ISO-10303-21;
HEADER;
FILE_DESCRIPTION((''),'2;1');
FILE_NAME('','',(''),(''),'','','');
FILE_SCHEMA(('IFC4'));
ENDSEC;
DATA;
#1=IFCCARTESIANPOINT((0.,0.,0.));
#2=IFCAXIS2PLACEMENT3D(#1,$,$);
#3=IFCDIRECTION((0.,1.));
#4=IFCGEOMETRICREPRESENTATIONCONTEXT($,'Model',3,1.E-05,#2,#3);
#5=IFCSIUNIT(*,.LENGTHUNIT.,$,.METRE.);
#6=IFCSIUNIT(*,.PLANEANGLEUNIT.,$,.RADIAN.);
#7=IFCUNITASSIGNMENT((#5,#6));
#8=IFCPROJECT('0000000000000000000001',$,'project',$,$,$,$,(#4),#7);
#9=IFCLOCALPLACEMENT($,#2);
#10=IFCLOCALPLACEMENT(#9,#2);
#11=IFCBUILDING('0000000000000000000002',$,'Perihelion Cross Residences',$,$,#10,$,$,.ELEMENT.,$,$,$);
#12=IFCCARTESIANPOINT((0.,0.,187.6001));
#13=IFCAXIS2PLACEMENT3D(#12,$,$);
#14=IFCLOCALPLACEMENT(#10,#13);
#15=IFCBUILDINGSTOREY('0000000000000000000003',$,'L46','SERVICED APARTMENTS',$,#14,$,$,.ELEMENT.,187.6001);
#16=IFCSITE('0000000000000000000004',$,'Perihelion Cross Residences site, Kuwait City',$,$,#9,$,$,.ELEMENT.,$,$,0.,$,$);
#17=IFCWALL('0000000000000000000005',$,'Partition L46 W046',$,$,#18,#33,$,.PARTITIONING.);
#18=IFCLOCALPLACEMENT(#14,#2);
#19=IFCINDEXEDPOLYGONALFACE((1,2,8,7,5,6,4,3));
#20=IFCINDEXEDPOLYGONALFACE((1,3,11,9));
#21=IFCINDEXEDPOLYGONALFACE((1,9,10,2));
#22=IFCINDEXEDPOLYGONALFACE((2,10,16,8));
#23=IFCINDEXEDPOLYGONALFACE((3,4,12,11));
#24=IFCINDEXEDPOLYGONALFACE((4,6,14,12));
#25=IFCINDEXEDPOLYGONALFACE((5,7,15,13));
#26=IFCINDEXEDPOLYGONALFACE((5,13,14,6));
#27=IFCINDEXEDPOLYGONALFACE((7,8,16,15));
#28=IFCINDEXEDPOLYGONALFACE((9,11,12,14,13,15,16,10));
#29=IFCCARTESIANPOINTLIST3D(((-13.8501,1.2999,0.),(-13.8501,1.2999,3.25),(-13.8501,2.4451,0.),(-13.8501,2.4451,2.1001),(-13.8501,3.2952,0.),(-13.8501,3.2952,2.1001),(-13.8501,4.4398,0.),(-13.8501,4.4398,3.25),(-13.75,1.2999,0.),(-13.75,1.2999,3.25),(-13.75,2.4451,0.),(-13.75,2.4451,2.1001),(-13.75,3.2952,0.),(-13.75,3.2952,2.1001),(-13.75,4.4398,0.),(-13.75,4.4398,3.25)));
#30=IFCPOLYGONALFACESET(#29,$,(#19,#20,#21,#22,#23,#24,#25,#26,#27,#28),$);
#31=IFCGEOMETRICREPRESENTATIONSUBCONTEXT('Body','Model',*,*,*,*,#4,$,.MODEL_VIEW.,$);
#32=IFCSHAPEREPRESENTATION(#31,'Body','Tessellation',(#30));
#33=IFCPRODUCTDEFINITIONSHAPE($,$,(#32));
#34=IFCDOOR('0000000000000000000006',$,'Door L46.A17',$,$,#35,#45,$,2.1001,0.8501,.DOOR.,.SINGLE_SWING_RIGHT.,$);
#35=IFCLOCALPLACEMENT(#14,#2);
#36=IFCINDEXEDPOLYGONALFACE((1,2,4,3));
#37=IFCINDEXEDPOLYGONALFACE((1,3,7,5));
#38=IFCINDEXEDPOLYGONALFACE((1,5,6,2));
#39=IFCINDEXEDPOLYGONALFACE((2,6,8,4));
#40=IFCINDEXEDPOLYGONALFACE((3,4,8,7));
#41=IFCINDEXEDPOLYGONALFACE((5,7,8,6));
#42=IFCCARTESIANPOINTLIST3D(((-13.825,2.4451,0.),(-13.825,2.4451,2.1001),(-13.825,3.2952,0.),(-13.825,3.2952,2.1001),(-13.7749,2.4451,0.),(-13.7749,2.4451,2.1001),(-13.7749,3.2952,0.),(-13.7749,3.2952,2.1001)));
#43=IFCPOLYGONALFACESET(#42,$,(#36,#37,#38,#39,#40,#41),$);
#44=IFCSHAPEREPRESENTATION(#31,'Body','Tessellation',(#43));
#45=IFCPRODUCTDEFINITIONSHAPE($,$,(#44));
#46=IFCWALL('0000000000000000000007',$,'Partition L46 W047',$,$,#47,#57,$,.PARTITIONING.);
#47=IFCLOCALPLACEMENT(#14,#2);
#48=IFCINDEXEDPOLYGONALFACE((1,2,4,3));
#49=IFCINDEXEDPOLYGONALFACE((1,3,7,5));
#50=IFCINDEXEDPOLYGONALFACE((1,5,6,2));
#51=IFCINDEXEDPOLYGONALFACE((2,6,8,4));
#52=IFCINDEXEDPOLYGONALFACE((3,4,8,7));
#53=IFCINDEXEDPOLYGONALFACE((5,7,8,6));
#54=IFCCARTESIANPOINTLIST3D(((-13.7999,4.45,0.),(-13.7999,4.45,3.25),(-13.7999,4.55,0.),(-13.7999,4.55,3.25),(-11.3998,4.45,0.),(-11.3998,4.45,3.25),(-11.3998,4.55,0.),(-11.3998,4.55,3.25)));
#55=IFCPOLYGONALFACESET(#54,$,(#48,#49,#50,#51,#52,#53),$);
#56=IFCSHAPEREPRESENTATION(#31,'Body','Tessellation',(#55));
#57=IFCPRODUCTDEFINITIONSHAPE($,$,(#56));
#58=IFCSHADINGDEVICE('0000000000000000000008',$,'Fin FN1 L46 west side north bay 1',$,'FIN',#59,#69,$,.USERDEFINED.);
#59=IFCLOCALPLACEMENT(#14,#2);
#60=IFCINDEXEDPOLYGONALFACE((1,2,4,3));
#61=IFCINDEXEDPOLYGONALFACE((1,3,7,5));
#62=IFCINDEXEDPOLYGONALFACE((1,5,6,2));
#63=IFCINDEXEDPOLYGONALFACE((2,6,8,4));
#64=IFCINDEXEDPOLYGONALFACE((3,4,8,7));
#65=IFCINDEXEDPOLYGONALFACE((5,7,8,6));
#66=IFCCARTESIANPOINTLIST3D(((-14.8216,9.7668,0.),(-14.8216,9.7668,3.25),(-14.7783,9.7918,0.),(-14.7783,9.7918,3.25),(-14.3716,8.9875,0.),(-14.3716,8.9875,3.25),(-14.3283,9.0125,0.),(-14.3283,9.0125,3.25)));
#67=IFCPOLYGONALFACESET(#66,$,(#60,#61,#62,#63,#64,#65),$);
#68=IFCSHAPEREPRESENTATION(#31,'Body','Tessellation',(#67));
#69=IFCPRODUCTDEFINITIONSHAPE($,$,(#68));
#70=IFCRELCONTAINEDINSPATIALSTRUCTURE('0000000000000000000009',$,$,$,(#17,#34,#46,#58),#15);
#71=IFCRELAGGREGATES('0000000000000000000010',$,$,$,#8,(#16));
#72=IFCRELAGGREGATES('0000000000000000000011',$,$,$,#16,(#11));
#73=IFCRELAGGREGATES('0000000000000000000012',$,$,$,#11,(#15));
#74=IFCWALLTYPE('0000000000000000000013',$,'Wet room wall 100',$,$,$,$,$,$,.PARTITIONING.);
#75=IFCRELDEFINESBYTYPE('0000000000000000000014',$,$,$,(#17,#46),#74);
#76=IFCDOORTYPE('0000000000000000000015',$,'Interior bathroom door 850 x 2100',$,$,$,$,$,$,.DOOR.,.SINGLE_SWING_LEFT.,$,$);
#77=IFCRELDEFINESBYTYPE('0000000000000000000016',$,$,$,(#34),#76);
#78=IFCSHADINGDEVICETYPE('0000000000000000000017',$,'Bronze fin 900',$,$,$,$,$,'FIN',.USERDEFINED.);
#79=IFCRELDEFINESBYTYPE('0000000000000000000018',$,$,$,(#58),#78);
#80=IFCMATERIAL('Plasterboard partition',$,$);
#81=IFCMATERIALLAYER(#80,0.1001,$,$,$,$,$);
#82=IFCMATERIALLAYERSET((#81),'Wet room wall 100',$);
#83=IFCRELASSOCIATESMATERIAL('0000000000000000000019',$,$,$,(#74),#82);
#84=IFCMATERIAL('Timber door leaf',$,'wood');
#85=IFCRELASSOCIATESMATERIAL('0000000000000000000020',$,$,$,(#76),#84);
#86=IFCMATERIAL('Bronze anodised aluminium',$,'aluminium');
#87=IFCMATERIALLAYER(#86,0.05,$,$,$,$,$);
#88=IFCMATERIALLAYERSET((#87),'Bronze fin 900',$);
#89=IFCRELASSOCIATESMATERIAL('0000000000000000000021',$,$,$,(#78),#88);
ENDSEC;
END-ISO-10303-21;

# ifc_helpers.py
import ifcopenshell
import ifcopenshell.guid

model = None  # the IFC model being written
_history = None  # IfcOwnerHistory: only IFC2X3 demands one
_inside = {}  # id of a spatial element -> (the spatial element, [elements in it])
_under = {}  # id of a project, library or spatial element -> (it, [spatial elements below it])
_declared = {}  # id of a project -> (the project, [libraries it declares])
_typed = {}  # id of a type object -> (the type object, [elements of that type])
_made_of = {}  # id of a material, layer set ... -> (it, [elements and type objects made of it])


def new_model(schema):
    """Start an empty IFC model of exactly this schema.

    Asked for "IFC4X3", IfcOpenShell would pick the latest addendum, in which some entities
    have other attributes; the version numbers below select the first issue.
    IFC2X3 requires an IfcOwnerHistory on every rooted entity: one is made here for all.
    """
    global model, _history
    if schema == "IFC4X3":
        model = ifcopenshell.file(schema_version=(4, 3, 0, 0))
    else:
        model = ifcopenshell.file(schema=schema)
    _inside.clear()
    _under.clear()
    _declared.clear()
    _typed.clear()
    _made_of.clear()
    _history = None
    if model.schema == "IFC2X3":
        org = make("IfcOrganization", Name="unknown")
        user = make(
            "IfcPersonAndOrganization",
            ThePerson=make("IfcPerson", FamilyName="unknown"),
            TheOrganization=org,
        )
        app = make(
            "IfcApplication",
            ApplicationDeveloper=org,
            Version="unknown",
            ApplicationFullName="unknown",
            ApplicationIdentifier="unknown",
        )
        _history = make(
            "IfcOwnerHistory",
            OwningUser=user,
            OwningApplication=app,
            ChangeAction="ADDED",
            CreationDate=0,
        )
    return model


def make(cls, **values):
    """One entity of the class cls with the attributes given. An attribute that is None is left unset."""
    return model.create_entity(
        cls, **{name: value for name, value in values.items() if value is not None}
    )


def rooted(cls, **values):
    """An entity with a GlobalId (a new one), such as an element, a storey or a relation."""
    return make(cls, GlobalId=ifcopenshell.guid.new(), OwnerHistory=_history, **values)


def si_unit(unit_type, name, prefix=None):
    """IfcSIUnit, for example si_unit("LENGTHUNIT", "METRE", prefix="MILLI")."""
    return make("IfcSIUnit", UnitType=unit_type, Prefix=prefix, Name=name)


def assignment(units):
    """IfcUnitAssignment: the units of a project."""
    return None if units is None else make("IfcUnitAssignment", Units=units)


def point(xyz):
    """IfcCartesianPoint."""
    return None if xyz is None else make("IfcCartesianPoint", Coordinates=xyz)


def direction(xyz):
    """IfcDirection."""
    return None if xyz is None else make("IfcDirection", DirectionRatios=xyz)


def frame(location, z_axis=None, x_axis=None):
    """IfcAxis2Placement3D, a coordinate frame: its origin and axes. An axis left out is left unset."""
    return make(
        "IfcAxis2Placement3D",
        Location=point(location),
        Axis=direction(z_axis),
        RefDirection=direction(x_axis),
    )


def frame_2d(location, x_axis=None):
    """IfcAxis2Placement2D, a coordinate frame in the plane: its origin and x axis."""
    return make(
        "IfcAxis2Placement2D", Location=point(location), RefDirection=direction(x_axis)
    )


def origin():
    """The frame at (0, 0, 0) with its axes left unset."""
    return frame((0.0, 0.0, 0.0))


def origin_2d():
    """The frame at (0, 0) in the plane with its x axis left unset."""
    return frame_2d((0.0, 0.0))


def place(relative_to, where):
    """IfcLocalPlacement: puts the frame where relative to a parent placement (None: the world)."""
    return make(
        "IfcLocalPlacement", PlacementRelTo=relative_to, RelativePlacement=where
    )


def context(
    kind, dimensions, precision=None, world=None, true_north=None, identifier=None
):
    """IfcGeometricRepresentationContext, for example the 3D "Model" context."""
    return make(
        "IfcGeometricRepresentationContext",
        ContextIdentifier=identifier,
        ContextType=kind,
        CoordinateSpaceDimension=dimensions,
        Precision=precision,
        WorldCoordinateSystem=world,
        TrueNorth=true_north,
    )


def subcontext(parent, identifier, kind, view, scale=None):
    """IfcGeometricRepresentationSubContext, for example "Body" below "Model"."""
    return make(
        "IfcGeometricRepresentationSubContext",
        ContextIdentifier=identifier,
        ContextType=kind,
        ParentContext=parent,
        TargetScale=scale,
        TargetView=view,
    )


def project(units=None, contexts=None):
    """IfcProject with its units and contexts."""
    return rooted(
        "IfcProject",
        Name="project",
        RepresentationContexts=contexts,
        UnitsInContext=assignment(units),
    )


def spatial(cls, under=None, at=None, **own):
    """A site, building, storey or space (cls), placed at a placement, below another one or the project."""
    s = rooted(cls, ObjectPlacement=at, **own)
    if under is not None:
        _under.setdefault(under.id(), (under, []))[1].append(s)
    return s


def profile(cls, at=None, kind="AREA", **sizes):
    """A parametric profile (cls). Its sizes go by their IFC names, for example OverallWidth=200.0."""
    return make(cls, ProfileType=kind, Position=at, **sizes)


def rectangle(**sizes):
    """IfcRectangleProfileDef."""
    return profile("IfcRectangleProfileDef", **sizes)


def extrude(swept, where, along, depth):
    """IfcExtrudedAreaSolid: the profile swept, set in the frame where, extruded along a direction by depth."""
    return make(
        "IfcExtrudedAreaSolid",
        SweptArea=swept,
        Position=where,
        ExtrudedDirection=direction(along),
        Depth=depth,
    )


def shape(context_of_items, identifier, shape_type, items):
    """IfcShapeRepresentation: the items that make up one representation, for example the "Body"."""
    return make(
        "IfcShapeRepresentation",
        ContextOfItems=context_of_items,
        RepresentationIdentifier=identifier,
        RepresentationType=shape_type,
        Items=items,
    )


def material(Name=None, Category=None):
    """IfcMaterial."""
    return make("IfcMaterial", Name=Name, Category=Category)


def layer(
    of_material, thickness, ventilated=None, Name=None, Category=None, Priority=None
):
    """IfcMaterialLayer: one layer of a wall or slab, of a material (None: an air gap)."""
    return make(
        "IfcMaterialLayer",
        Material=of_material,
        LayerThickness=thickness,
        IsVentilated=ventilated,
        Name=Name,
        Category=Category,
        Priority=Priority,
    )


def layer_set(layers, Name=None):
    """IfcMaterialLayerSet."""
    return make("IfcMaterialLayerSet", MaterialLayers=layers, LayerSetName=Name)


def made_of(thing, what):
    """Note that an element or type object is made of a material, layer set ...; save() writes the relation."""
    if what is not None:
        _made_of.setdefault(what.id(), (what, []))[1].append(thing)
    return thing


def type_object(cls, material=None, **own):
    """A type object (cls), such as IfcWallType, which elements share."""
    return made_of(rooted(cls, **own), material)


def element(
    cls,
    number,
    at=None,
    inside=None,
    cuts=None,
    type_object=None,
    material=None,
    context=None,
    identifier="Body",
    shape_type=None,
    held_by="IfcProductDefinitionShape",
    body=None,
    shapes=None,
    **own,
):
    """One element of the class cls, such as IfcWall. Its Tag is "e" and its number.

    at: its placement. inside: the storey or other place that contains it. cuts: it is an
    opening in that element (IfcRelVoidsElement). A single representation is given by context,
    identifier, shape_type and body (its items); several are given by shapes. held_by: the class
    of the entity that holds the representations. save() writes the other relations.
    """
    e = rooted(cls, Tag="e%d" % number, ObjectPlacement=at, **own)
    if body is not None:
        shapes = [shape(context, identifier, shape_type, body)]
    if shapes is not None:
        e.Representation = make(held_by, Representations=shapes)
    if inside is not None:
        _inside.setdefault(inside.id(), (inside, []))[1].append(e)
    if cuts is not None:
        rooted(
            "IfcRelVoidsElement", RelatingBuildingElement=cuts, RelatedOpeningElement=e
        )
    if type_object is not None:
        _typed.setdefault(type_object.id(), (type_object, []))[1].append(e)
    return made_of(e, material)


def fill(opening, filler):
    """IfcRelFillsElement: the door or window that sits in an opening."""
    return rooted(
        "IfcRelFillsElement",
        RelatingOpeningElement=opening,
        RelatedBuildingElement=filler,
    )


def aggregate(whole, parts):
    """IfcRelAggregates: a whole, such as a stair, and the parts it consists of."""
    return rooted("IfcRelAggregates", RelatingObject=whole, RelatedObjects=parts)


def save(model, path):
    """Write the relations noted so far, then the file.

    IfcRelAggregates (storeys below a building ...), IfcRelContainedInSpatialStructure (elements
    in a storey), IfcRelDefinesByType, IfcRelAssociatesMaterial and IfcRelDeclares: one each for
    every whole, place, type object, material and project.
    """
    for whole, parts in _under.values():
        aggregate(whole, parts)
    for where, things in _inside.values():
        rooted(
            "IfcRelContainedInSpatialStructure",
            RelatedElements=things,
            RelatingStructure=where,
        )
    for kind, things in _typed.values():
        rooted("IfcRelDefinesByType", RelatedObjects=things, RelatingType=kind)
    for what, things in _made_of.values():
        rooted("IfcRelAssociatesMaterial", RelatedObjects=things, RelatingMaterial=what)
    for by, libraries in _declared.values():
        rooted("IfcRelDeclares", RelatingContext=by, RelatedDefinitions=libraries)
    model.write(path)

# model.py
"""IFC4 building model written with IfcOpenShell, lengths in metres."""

from ifc_helpers import new_model, si_unit, direction, frame, frame_2d, origin, origin_2d, place, context, subcontext, project, spatial, rectangle, extrude, material, layer, layer_set, type_object, element, fill, save


model = new_model("IFC4")

# Units and contexts
model_context = context("Model", 3, precision=1e-05, world=origin(), true_north=direction((0.0, 1.0)))
body_context = subcontext(model_context, "Body", "Model", "MODEL_VIEW")
ifc_project = project(units=[si_unit("LENGTHUNIT", "METRE"), si_unit("PLANEANGLEUNIT", "RADIAN")], contexts=[model_context])

# Site, building, storey
site_placement = place(None, origin())
site = spatial("IfcSite", under=ifc_project, at=site_placement, Name="Perihelion Cross Residences site, Kuwait City", CompositionType="ELEMENT", RefElevation=0.0)
building_placement = place(site_placement, origin())
building = spatial("IfcBuilding", under=site, at=building_placement, Name="Perihelion Cross Residences", CompositionType="ELEMENT")
storey_placement = place(building_placement, frame((0.0, 0.0, 187.6001)))
storey = spatial("IfcBuildingStorey", under=building, at=storey_placement, Name="L46", Description="SERVICED APARTMENTS", CompositionType="ELEMENT", Elevation=187.6001)

# Shared definitions
ifc_material_1 = material(Name="Plasterboard partition")
ifc_layer_1 = layer(ifc_material_1, 0.1001)
ifc_layer_set_1 = layer_set([ifc_layer_1], Name="Wet room wall 100")
wall_type_1 = type_object("IfcWallType", Name="Wet room wall 100", PredefinedType="PARTITIONING", material=ifc_layer_set_1)

# Wall, opening, door
wall_1_placement = place(storey_placement, frame((-13.8, 1.3, 0.0), z_axis=(0.0, 0.0, 1.0), x_axis=(0.0, 1.0, 0.0)))
wall_1 = element("IfcWall", 1, at=wall_1_placement, inside=storey, type_object=wall_type_1, Name="Partition L46 W046", PredefinedType="PARTITIONING", context=body_context, shape_type="SweptSolid", body=[
    extrude(rectangle(XDim=3.1399, YDim=0.1001, at=frame_2d((1.5698, 0.0))), origin(), (0.0, 0.0, 1.0), 3.25),
])
opening_1_placement = place(wall_1_placement, frame((1.145, 0.0, 0.0)))
opening_1 = element("IfcOpeningElement", 2, at=opening_1_placement, cuts=wall_1, PredefinedType="OPENING", context=body_context, shape_type="SweptSolid", body=[
    extrude(rectangle(XDim=0.8501, YDim=2.1001, at=frame_2d((0.425, 1.05))), frame((0.0, 0.0601, 0.0), z_axis=(0.0, -1.0, 0.0), x_axis=(1.0, 0.0, 0.0)), (0.0, 0.0, 1.0), 0.1201),
])
ifc_material_2 = material(Name="Timber door leaf", Category="wood")
door_type_1 = type_object("IfcDoorType", Name="Interior bathroom door 850 x 2100", OperationType="SINGLE_SWING_LEFT", PredefinedType="DOOR", material=ifc_material_2)
door_1_placement = place(opening_1_placement, origin())
door_1 = element("IfcDoor", 3, at=door_1_placement, inside=storey, type_object=door_type_1, Name="Door L46.A17", OperationType="SINGLE_SWING_RIGHT", OverallHeight=2.1001, OverallWidth=0.8501, PredefinedType="DOOR", context=body_context, shape_type="SweptSolid", body=[
    extrude(rectangle(XDim=0.8501, YDim=2.1001, at=frame_2d((0.425, 1.05))), frame((0.0, 0.0249, 0.0), z_axis=(0.0, -1.0, 0.0), x_axis=(1.0, 0.0, 0.0)), (0.0, 0.0, 1.0), 0.05),
])
fill(opening_1, door_1)

# Wall
wall_2_placement = place(storey_placement, frame((-13.8, 4.5, 0.0), z_axis=(0.0, 0.0, 1.0), x_axis=(1.0, 0.0, 0.0)))
element("IfcWall", 4, at=wall_2_placement, inside=storey, type_object=wall_type_1, Name="Partition L46 W047", PredefinedType="PARTITIONING", context=body_context, shape_type="SweptSolid", body=[
    extrude(rectangle(XDim=2.4001, YDim=0.1001, at=frame_2d((1.2002, 0.0))), origin(), (0.0, 0.0, 1.0), 3.25),
])

# Shading device
ifc_material_3 = material(Name="Bronze anodised aluminium", Category="aluminium")
ifc_layer_2 = layer(ifc_material_3, 0.05)
ifc_layer_set_2 = layer_set([ifc_layer_2], Name="Bronze fin 900")
shading_device_type = type_object("IfcShadingDeviceType", Name="Bronze fin 900", ElementType="FIN", PredefinedType="USERDEFINED", material=ifc_layer_set_2)
shading_device_placement = place(storey_placement, frame((-14.575, 9.3896, 0.0), z_axis=(0.0, 0.0, 1.0), x_axis=(-0.5, 0.866025, 0.0)))
element("IfcShadingDevice", 5, at=shading_device_placement, inside=storey, type_object=shading_device_type, Name="Fin FN1 L46 west side north bay 1", ObjectType="FIN", PredefinedType="USERDEFINED", context=body_context, shape_type="SweptSolid", body=[
    extrude(rectangle(XDim=0.8999, YDim=0.05, at=origin_2d()), origin(), (0.0, 0.0, 1.0), 3.25),
])

save(model, "model.ifc")
